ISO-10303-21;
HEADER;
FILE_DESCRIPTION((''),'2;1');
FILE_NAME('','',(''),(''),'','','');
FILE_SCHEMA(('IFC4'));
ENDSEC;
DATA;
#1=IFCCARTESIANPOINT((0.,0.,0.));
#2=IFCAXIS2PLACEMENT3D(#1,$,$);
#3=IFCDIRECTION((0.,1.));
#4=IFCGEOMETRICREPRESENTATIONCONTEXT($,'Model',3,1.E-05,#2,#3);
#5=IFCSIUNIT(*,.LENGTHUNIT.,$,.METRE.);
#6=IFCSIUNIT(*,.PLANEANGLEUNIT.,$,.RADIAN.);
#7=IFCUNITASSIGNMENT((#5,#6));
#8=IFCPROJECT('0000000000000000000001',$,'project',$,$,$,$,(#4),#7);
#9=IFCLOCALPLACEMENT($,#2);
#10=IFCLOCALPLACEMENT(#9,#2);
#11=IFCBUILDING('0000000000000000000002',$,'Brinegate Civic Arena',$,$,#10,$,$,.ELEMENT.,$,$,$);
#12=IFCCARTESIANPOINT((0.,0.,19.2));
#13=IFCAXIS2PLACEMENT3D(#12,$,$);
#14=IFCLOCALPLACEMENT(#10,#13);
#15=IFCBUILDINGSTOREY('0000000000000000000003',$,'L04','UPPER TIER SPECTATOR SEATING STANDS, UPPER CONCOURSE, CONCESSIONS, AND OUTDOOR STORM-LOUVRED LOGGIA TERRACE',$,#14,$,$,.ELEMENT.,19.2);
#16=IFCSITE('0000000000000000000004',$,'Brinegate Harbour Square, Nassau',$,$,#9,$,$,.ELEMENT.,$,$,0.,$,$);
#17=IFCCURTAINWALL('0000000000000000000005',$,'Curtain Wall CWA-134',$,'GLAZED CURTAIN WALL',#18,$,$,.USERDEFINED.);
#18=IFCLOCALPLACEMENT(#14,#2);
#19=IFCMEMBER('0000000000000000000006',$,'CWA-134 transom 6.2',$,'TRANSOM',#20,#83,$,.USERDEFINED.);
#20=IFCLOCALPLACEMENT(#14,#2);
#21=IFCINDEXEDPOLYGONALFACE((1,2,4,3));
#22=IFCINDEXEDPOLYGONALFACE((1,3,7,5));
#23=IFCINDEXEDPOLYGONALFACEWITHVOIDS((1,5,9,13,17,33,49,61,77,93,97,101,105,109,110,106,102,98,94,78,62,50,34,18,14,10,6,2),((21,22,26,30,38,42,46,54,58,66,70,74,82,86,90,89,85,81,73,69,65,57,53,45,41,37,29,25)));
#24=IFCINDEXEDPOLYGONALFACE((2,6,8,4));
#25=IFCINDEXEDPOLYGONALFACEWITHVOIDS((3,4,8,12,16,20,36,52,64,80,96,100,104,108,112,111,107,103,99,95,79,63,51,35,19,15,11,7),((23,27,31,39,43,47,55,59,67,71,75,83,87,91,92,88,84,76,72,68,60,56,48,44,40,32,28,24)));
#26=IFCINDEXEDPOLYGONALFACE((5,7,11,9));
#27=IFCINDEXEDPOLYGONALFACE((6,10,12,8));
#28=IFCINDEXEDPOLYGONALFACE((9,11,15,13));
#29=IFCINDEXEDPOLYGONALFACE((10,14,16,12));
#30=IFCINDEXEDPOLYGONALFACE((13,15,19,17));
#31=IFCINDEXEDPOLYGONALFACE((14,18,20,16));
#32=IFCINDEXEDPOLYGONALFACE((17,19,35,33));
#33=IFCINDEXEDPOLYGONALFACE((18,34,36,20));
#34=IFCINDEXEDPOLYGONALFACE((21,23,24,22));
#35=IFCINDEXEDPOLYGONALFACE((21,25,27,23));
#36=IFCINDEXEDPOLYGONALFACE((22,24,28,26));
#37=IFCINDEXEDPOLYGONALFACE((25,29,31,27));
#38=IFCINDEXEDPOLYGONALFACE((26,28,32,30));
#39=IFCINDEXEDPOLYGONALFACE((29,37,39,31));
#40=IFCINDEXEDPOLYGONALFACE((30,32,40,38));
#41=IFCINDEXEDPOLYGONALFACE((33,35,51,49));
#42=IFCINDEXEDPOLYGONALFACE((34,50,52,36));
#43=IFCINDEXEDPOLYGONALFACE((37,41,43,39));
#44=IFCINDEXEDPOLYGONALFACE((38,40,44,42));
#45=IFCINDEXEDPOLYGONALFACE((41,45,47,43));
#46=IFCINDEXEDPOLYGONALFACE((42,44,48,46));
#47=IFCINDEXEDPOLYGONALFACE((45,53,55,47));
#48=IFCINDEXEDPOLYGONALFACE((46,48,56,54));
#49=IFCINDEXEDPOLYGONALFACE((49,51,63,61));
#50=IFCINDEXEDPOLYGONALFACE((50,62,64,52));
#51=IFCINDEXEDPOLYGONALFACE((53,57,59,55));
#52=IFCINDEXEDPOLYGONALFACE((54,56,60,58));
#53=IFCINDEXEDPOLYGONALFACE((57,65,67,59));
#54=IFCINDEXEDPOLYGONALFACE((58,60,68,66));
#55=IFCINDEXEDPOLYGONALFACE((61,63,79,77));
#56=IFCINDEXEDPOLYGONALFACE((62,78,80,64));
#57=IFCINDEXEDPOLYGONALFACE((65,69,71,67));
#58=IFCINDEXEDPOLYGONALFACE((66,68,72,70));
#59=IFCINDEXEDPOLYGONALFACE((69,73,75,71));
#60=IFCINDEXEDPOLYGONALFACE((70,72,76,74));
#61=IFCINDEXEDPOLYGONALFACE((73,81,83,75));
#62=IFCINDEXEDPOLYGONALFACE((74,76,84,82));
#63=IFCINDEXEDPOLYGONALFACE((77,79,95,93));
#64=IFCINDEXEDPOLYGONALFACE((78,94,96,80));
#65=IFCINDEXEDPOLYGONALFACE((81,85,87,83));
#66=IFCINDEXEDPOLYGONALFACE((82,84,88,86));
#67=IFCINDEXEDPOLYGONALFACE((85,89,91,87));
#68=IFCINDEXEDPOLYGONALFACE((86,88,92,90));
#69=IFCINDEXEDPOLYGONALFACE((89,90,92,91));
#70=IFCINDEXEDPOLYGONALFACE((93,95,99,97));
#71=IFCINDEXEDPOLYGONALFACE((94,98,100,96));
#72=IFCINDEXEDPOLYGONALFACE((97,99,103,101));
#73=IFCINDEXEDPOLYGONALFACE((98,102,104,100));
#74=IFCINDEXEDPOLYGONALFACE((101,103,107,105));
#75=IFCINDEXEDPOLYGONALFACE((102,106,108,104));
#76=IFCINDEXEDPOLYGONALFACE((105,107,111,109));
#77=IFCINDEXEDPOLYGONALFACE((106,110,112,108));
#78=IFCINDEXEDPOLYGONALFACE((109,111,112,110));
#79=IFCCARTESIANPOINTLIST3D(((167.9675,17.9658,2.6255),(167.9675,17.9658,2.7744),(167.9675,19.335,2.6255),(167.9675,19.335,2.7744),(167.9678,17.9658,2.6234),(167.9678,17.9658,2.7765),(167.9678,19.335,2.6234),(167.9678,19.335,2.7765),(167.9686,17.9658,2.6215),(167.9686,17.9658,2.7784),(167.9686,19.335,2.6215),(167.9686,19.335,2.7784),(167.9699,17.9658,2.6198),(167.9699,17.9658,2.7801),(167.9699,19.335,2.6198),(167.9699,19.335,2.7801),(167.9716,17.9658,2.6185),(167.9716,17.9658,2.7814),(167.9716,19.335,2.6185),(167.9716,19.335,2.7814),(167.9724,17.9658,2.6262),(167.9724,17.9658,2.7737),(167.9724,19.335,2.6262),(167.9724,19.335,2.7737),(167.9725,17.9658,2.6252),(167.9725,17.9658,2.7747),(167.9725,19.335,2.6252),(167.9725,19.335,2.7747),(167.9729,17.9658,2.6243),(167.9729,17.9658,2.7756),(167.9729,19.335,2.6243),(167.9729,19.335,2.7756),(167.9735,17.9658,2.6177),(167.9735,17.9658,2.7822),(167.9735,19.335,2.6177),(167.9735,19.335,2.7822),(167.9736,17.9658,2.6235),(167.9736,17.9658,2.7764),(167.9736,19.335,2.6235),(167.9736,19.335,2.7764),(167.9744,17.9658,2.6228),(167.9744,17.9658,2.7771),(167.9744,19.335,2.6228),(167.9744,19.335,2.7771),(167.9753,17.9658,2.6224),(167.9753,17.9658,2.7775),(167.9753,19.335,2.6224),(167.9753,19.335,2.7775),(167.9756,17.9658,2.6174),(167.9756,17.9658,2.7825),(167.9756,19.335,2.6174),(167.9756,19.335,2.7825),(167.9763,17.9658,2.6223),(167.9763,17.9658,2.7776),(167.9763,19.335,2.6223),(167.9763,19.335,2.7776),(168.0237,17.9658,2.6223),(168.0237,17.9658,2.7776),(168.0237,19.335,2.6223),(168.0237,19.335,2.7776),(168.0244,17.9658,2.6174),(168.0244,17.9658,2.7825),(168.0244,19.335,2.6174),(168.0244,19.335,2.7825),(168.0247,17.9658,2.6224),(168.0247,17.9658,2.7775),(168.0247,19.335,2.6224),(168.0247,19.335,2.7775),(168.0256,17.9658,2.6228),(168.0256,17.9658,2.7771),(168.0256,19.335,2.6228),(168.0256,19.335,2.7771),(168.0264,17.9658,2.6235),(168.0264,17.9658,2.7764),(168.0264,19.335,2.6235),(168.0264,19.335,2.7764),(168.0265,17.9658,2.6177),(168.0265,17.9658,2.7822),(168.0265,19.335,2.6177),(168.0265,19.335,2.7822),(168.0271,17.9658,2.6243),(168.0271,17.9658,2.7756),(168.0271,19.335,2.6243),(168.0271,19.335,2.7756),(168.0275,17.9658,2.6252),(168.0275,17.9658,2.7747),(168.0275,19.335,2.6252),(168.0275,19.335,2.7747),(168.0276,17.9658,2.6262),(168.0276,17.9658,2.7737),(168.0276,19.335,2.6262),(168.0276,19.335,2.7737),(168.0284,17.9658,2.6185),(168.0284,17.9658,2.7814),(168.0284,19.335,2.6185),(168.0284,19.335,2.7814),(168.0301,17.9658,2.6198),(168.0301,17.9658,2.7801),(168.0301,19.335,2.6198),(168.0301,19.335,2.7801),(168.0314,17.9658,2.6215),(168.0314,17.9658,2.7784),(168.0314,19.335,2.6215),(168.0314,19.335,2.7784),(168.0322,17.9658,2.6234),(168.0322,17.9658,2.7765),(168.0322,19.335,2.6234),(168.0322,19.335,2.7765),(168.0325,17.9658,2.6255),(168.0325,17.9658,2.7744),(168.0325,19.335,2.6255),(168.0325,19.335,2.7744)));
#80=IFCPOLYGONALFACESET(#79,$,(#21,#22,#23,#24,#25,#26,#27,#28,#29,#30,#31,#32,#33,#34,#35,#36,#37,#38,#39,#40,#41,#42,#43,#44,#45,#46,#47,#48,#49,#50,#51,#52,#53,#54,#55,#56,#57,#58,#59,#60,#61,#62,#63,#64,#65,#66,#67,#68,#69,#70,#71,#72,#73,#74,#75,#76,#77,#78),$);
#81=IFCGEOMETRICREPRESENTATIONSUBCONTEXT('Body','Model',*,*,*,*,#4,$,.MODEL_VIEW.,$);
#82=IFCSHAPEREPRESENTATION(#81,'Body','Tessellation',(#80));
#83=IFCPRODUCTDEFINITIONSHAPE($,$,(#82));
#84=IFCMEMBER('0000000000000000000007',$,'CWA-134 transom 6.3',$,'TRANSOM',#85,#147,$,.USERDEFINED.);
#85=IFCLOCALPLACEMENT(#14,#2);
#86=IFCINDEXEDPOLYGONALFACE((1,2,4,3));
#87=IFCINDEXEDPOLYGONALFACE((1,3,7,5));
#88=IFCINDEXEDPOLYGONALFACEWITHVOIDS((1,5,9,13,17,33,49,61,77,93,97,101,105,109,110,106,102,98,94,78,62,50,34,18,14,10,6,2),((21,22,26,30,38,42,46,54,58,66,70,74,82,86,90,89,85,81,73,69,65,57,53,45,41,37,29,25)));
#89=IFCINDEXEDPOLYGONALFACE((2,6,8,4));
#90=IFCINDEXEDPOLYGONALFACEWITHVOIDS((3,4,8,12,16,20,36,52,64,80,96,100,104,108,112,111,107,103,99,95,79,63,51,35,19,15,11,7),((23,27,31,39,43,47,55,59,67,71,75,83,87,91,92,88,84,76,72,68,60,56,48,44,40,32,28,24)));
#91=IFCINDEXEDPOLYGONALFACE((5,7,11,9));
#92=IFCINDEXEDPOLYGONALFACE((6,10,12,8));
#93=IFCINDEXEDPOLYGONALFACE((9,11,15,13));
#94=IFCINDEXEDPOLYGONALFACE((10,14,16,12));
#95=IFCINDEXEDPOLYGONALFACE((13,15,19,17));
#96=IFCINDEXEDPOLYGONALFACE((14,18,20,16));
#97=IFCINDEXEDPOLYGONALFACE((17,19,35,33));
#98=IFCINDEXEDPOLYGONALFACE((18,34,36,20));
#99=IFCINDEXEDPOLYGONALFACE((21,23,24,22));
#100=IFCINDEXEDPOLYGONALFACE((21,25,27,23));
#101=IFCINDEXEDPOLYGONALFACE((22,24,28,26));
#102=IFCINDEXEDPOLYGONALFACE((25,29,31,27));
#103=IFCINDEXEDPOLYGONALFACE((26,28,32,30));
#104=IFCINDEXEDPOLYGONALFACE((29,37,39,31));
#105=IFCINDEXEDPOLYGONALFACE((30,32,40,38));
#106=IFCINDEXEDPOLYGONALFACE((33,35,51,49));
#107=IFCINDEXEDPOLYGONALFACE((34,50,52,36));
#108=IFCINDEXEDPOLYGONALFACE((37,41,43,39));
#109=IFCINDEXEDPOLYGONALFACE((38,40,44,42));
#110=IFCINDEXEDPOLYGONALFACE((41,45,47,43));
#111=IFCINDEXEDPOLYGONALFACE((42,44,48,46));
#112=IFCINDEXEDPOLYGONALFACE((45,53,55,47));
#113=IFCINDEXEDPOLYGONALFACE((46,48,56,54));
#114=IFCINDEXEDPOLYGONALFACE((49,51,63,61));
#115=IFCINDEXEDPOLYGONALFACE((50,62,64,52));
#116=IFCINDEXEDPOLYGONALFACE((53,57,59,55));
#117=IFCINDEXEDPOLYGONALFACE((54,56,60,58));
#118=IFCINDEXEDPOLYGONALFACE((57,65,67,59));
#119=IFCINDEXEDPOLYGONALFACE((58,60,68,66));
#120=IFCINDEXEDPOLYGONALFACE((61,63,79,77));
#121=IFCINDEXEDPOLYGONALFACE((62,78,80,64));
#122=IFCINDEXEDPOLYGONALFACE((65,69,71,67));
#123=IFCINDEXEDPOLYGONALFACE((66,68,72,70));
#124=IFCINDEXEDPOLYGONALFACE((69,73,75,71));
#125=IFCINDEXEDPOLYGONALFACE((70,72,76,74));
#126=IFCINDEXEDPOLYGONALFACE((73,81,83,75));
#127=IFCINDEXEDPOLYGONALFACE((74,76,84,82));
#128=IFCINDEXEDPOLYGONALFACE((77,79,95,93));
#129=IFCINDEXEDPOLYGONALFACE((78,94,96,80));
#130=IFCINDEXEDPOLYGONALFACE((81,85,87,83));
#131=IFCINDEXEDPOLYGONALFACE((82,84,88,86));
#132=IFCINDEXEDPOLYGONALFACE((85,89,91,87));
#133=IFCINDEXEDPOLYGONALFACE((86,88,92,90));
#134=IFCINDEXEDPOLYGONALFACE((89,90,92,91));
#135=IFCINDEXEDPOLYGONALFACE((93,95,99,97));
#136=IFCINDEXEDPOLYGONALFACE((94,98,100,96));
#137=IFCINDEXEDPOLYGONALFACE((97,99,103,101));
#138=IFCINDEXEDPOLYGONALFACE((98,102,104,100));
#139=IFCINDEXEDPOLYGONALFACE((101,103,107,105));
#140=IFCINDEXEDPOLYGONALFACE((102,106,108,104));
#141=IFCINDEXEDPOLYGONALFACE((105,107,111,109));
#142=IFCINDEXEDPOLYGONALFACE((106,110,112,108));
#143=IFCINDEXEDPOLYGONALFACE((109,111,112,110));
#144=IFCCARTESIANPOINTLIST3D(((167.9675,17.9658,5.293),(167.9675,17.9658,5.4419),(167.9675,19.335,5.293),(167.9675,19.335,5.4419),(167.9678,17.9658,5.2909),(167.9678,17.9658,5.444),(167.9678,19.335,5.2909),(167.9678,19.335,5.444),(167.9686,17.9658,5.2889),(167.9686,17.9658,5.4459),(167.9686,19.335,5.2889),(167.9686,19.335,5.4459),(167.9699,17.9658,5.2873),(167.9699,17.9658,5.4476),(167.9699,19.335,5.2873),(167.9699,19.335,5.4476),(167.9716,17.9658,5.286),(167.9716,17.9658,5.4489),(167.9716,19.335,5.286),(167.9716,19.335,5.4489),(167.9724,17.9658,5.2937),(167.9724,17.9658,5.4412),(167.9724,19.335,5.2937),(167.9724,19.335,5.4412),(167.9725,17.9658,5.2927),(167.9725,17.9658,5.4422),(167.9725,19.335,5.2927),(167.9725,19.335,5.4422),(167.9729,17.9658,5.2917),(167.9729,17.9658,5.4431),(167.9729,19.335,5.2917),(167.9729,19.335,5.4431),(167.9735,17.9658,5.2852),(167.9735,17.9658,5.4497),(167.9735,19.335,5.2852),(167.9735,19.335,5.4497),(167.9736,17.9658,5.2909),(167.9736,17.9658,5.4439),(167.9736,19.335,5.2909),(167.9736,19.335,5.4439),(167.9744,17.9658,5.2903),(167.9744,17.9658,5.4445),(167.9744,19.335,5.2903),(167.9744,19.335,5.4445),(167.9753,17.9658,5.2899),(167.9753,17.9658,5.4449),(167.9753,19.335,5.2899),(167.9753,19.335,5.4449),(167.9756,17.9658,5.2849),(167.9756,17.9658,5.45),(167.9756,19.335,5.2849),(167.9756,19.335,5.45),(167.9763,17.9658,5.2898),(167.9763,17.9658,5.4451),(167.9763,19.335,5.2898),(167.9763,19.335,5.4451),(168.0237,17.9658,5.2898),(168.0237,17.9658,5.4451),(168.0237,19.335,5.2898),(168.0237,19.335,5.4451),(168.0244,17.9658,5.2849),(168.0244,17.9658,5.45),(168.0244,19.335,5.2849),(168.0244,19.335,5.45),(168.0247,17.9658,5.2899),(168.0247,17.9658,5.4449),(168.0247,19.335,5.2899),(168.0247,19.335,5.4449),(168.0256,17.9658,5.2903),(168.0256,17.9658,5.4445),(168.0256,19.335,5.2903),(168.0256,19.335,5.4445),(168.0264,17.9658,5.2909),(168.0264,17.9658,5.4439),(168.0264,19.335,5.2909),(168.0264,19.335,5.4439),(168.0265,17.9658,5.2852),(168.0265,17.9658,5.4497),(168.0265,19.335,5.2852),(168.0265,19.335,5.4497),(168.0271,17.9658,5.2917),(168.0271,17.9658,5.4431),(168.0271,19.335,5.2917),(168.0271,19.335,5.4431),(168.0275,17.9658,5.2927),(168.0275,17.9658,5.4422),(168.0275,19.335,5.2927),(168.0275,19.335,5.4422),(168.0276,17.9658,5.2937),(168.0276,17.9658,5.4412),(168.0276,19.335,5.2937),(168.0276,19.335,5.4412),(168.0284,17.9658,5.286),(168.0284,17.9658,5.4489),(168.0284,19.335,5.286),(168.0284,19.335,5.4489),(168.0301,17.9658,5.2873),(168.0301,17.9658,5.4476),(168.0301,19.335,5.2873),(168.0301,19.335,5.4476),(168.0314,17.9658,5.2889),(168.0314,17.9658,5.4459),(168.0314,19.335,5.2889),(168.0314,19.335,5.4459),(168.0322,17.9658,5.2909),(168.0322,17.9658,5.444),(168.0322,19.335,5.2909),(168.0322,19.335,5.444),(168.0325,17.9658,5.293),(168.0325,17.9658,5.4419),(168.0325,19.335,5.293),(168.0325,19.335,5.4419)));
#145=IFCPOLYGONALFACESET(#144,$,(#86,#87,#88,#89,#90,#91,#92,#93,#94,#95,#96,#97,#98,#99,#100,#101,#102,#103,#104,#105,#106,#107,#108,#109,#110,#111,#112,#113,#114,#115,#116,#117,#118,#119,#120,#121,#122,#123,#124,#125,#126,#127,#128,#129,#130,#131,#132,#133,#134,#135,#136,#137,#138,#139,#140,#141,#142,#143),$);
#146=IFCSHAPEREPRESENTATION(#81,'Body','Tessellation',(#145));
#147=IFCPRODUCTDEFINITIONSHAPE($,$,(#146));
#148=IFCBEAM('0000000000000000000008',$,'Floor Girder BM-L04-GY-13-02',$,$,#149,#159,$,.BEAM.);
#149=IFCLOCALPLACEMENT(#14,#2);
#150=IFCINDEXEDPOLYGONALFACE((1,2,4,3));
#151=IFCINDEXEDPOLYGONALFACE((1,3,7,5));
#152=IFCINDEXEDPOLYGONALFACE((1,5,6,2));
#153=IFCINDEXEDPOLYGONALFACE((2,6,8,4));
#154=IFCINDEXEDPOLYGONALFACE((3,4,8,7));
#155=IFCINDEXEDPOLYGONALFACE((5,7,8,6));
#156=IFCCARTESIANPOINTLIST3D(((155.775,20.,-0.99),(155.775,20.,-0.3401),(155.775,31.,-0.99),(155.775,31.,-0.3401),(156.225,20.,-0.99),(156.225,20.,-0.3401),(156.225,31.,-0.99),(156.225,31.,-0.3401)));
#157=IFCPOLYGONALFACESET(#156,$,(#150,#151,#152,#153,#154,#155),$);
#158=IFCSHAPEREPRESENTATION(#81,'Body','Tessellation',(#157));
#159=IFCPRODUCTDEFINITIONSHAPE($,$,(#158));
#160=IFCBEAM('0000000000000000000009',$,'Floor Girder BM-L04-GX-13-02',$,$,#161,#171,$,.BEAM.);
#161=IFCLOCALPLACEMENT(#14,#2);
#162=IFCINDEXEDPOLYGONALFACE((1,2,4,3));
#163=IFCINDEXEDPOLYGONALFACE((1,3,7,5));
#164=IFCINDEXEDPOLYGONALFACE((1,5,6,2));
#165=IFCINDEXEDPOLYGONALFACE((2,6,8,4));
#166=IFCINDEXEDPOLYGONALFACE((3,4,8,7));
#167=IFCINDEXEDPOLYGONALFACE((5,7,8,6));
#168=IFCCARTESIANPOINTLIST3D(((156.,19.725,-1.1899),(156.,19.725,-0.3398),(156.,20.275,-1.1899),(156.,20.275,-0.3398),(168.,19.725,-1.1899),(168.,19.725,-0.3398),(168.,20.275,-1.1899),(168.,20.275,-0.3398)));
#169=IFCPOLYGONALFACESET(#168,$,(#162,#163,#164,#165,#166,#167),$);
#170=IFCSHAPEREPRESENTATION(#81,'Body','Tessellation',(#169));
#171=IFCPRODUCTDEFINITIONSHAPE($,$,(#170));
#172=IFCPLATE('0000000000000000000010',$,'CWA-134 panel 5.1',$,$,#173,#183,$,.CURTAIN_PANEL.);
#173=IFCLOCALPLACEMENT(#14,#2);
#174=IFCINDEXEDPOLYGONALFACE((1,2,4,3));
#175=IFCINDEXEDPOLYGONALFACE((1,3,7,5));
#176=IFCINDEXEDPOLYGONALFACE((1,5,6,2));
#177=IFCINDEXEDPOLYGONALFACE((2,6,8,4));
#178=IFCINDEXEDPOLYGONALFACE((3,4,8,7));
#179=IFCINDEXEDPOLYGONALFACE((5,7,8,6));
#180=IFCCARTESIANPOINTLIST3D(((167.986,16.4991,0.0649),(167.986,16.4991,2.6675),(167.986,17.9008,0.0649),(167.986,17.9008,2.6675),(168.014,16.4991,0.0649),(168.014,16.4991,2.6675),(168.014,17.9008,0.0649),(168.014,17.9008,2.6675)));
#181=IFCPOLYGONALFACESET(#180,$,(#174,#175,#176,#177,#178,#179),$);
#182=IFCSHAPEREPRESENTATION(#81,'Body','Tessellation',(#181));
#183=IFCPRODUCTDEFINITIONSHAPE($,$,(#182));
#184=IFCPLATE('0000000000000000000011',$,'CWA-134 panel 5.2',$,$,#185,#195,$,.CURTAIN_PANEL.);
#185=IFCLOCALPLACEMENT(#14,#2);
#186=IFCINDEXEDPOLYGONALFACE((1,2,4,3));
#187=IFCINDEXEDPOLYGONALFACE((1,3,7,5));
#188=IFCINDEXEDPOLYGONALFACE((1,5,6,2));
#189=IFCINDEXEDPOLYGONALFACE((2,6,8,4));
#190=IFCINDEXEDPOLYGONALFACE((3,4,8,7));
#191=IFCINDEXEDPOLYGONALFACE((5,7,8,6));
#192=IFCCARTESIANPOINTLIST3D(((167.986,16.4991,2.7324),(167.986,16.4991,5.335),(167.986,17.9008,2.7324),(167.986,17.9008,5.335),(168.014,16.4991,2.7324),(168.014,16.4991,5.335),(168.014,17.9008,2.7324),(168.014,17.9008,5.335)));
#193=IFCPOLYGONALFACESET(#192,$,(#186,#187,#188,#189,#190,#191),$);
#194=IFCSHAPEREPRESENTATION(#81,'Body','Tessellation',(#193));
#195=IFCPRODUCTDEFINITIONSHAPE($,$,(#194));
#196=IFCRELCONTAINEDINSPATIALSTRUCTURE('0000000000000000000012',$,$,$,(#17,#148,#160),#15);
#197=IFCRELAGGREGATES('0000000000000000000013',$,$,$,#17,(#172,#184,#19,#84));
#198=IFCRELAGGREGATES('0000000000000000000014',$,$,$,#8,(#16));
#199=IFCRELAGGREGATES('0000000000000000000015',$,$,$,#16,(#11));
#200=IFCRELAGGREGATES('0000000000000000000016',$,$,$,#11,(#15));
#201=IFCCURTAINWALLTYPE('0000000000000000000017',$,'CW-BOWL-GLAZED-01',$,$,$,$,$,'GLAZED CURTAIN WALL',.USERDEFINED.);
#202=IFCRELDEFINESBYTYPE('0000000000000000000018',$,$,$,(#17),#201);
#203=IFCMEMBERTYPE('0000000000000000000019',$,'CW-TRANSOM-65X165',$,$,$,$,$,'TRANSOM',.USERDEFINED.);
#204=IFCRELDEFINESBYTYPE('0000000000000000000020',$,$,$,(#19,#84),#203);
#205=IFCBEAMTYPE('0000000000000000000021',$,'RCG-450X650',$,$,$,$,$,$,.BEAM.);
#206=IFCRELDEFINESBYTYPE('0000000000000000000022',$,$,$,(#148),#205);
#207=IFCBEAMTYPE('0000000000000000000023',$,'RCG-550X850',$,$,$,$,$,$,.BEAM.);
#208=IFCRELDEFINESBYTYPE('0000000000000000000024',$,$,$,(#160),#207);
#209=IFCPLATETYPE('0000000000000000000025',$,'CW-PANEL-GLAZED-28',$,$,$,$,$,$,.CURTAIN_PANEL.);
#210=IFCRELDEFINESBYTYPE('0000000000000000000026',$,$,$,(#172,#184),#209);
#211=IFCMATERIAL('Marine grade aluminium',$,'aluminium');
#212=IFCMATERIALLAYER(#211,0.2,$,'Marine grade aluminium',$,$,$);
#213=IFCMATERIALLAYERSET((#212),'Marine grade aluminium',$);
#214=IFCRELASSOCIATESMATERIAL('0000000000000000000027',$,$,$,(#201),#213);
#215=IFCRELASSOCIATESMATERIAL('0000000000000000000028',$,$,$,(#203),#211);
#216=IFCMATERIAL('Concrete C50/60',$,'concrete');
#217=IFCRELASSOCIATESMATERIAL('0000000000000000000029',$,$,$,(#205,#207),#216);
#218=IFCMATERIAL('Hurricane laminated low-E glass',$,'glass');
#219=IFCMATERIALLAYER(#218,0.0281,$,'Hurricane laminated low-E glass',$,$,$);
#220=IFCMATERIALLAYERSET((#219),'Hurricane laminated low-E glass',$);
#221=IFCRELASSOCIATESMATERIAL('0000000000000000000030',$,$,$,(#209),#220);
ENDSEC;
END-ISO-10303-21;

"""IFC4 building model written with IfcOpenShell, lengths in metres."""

from ifc_helpers import new_model, si_unit, direction, frame, origin, origin_2d, place, context, subcontext, project, spatial, rectangle, hollow_rectangle, extrude, material, layer, layer_set, material_profile, profile_set, type_object, element, aggregate, save


model = new_model("IFC4")

# Units and contexts
model_context = context("Model", 3, precision=1e-05, world=origin(), true_north=direction((0.0, 1.0)))
body_context = subcontext(model_context, "Body", "Model", "MODEL_VIEW")
ifc_project = project(units=[si_unit("LENGTHUNIT", "METRE"), si_unit("PLANEANGLEUNIT", "RADIAN")], contexts=[model_context])

# Site, building, storey
site_placement = place(None, origin())
site = spatial("IfcSite", under=ifc_project, at=site_placement, Name="Brinegate Harbour Square, Nassau", CompositionType="ELEMENT", RefElevation=0.0)
building_placement = place(site_placement, origin())
building = spatial("IfcBuilding", under=site, at=building_placement, Name="Brinegate Civic Arena", CompositionType="ELEMENT")
storey_placement = place(building_placement, frame((0.0, 0.0, 19.2)))
storey = spatial("IfcBuildingStorey", under=building, at=storey_placement, Name="L04", Description="UPPER TIER SPECTATOR SEATING STANDS, UPPER CONCOURSE, CONCESSIONS, AND OUTDOOR STORM-LOUVRED LOGGIA TERRACE", CompositionType="ELEMENT", Elevation=19.2)

# Curtain wall, members
ifc_material_1 = material(Name="Marine grade aluminium", Category="aluminium")
ifc_layer_1 = layer(ifc_material_1, 0.2, Name="Marine grade aluminium")
ifc_layer_set_1 = layer_set([ifc_layer_1], Name="Marine grade aluminium")
curtain_wall_type = type_object("IfcCurtainWallType", Name="CW-BOWL-GLAZED-01", ElementType="GLAZED CURTAIN WALL", PredefinedType="USERDEFINED", material=ifc_layer_set_1)
curtain_wall_placement = place(storey_placement, origin())
curtain_wall = element("IfcCurtainWall", 1, at=curtain_wall_placement, inside=storey, type_object=curtain_wall_type, Name="Curtain Wall CWA-134", ObjectType="GLAZED CURTAIN WALL", PredefinedType="USERDEFINED")
ifc_material_profile_1 = material_profile(ifc_material_1, hollow_rectangle(XDim=0.0649, YDim=0.165, WallThickness=0.0049, InnerFilletRadius=0.0039, OuterFilletRadius=0.0081, at=origin_2d()), Name="TRN65X165")
ifc_profile_set_1 = profile_set([ifc_material_profile_1], Name="Marine grade aluminium")
member_type_1 = type_object("IfcMemberType", Name="CW-TRANSOM-65X165", ElementType="TRANSOM", PredefinedType="USERDEFINED", material=ifc_profile_set_1)
member_1_placement = place(storey_placement, frame((168.0, 17.9658, 2.7), z_axis=(0.0, 1.0, 0.0), x_axis=(-1.0, 0.0, 0.0)))
member_1 = element("IfcMember", 2, at=member_1_placement, type_object=member_type_1, Name="CWA-134 transom 6.2", ObjectType="TRANSOM", PredefinedType="USERDEFINED", context=body_context, shape_type="SweptSolid", body=[
    extrude(hollow_rectangle(XDim=0.0649, YDim=0.165, WallThickness=0.0049, InnerFilletRadius=0.0039, OuterFilletRadius=0.0081, at=origin_2d()), origin(), (0.0, 0.0, 1.0), 1.3691),
])
member_2_placement = place(storey_placement, frame((168.0, 17.9658, 5.3674), z_axis=(0.0, 1.0, 0.0), x_axis=(-1.0, 0.0, 0.0)))
member_2 = element("IfcMember", 3, at=member_2_placement, type_object=member_type_1, Name="CWA-134 transom 6.3", ObjectType="TRANSOM", PredefinedType="USERDEFINED", context=body_context, shape_type="SweptSolid", body=[
    extrude(hollow_rectangle(XDim=0.0649, YDim=0.165, WallThickness=0.0049, InnerFilletRadius=0.0039, OuterFilletRadius=0.0081, at=origin_2d()), origin(), (0.0, 0.0, 1.0), 1.3691),
])

# Beams
ifc_material_2 = material(Name="Concrete C50/60", Category="concrete")
ifc_material_profile_2 = material_profile(ifc_material_2, rectangle(XDim=0.45, YDim=0.6499, at=origin_2d()), Name="RCB450X650")
ifc_profile_set_2 = profile_set([ifc_material_profile_2], Name="Concrete C50/60")
beam_type_1 = type_object("IfcBeamType", Name="RCG-450X650", PredefinedType="BEAM", material=ifc_profile_set_2)
beam_1_placement = place(storey_placement, frame((156.0, 20.0, -0.665), z_axis=(0.0, 1.0, 0.0), x_axis=(-1.0, 0.0, 0.0)))
element("IfcBeam", 4, at=beam_1_placement, inside=storey, type_object=beam_type_1, Name="Floor Girder BM-L04-GY-13-02", PredefinedType="BEAM", context=body_context, shape_type="SweptSolid", body=[
    extrude(rectangle(XDim=0.45, YDim=0.6499, at=origin_2d()), origin(), (0.0, 0.0, 1.0), 11.0),
])
ifc_material_profile_3 = material_profile(ifc_material_2, rectangle(XDim=0.55, YDim=0.8501, at=origin_2d()), Name="RCB550X850")
ifc_profile_set_3 = profile_set([ifc_material_profile_3], Name="Concrete C50/60")
beam_type_2 = type_object("IfcBeamType", Name="RCG-550X850", PredefinedType="BEAM", material=ifc_profile_set_3)
beam_2_placement = place(storey_placement, frame((156.0, 20.0, -0.7649), z_axis=(1.0, 0.0, 0.0), x_axis=(0.0, 1.0, 0.0)))
element("IfcBeam", 5, at=beam_2_placement, inside=storey, type_object=beam_type_2, Name="Floor Girder BM-L04-GX-13-02", PredefinedType="BEAM", context=body_context, shape_type="SweptSolid", body=[
    extrude(rectangle(XDim=0.55, YDim=0.8501, at=origin_2d()), origin(), (0.0, 0.0, 1.0), 12.0),
])

# Plates
ifc_material_3 = material(Name="Hurricane laminated low-E glass", Category="glass")
ifc_layer_2 = layer(ifc_material_3, 0.0281, Name="Hurricane laminated low-E glass")
ifc_layer_set_2 = layer_set([ifc_layer_2], Name="Hurricane laminated low-E glass")
plate_type = type_object("IfcPlateType", Name="CW-PANEL-GLAZED-28", PredefinedType="CURTAIN_PANEL", material=ifc_layer_set_2)
plate_1_placement = place(storey_placement, frame((168.0, 17.2, 0.0649), z_axis=(0.0, 0.0, 1.0), x_axis=(0.0, 1.0, 0.0)))
plate_1 = element("IfcPlate", 6, at=plate_1_placement, type_object=plate_type, Name="CWA-134 panel 5.1", PredefinedType="CURTAIN_PANEL", context=body_context, shape_type="SweptSolid", body=[
    extrude(rectangle(XDim=1.4016, YDim=0.0281, at=origin_2d()), origin(), (0.0, 0.0, 1.0), 2.6025),
])
plate_2_placement = place(storey_placement, frame((168.0, 17.2, 2.7324), z_axis=(0.0, 0.0, 1.0), x_axis=(0.0, 1.0, 0.0)))
plate_2 = element("IfcPlate", 7, at=plate_2_placement, type_object=plate_type, Name="CWA-134 panel 5.2", PredefinedType="CURTAIN_PANEL", context=body_context, shape_type="SweptSolid", body=[
    extrude(rectangle(XDim=1.4016, YDim=0.0281, at=origin_2d()), origin(), (0.0, 0.0, 1.0), 2.6025),
])
aggregate(curtain_wall, [plate_1, plate_2, member_1, member_2])

save(model, "model.ifc")
